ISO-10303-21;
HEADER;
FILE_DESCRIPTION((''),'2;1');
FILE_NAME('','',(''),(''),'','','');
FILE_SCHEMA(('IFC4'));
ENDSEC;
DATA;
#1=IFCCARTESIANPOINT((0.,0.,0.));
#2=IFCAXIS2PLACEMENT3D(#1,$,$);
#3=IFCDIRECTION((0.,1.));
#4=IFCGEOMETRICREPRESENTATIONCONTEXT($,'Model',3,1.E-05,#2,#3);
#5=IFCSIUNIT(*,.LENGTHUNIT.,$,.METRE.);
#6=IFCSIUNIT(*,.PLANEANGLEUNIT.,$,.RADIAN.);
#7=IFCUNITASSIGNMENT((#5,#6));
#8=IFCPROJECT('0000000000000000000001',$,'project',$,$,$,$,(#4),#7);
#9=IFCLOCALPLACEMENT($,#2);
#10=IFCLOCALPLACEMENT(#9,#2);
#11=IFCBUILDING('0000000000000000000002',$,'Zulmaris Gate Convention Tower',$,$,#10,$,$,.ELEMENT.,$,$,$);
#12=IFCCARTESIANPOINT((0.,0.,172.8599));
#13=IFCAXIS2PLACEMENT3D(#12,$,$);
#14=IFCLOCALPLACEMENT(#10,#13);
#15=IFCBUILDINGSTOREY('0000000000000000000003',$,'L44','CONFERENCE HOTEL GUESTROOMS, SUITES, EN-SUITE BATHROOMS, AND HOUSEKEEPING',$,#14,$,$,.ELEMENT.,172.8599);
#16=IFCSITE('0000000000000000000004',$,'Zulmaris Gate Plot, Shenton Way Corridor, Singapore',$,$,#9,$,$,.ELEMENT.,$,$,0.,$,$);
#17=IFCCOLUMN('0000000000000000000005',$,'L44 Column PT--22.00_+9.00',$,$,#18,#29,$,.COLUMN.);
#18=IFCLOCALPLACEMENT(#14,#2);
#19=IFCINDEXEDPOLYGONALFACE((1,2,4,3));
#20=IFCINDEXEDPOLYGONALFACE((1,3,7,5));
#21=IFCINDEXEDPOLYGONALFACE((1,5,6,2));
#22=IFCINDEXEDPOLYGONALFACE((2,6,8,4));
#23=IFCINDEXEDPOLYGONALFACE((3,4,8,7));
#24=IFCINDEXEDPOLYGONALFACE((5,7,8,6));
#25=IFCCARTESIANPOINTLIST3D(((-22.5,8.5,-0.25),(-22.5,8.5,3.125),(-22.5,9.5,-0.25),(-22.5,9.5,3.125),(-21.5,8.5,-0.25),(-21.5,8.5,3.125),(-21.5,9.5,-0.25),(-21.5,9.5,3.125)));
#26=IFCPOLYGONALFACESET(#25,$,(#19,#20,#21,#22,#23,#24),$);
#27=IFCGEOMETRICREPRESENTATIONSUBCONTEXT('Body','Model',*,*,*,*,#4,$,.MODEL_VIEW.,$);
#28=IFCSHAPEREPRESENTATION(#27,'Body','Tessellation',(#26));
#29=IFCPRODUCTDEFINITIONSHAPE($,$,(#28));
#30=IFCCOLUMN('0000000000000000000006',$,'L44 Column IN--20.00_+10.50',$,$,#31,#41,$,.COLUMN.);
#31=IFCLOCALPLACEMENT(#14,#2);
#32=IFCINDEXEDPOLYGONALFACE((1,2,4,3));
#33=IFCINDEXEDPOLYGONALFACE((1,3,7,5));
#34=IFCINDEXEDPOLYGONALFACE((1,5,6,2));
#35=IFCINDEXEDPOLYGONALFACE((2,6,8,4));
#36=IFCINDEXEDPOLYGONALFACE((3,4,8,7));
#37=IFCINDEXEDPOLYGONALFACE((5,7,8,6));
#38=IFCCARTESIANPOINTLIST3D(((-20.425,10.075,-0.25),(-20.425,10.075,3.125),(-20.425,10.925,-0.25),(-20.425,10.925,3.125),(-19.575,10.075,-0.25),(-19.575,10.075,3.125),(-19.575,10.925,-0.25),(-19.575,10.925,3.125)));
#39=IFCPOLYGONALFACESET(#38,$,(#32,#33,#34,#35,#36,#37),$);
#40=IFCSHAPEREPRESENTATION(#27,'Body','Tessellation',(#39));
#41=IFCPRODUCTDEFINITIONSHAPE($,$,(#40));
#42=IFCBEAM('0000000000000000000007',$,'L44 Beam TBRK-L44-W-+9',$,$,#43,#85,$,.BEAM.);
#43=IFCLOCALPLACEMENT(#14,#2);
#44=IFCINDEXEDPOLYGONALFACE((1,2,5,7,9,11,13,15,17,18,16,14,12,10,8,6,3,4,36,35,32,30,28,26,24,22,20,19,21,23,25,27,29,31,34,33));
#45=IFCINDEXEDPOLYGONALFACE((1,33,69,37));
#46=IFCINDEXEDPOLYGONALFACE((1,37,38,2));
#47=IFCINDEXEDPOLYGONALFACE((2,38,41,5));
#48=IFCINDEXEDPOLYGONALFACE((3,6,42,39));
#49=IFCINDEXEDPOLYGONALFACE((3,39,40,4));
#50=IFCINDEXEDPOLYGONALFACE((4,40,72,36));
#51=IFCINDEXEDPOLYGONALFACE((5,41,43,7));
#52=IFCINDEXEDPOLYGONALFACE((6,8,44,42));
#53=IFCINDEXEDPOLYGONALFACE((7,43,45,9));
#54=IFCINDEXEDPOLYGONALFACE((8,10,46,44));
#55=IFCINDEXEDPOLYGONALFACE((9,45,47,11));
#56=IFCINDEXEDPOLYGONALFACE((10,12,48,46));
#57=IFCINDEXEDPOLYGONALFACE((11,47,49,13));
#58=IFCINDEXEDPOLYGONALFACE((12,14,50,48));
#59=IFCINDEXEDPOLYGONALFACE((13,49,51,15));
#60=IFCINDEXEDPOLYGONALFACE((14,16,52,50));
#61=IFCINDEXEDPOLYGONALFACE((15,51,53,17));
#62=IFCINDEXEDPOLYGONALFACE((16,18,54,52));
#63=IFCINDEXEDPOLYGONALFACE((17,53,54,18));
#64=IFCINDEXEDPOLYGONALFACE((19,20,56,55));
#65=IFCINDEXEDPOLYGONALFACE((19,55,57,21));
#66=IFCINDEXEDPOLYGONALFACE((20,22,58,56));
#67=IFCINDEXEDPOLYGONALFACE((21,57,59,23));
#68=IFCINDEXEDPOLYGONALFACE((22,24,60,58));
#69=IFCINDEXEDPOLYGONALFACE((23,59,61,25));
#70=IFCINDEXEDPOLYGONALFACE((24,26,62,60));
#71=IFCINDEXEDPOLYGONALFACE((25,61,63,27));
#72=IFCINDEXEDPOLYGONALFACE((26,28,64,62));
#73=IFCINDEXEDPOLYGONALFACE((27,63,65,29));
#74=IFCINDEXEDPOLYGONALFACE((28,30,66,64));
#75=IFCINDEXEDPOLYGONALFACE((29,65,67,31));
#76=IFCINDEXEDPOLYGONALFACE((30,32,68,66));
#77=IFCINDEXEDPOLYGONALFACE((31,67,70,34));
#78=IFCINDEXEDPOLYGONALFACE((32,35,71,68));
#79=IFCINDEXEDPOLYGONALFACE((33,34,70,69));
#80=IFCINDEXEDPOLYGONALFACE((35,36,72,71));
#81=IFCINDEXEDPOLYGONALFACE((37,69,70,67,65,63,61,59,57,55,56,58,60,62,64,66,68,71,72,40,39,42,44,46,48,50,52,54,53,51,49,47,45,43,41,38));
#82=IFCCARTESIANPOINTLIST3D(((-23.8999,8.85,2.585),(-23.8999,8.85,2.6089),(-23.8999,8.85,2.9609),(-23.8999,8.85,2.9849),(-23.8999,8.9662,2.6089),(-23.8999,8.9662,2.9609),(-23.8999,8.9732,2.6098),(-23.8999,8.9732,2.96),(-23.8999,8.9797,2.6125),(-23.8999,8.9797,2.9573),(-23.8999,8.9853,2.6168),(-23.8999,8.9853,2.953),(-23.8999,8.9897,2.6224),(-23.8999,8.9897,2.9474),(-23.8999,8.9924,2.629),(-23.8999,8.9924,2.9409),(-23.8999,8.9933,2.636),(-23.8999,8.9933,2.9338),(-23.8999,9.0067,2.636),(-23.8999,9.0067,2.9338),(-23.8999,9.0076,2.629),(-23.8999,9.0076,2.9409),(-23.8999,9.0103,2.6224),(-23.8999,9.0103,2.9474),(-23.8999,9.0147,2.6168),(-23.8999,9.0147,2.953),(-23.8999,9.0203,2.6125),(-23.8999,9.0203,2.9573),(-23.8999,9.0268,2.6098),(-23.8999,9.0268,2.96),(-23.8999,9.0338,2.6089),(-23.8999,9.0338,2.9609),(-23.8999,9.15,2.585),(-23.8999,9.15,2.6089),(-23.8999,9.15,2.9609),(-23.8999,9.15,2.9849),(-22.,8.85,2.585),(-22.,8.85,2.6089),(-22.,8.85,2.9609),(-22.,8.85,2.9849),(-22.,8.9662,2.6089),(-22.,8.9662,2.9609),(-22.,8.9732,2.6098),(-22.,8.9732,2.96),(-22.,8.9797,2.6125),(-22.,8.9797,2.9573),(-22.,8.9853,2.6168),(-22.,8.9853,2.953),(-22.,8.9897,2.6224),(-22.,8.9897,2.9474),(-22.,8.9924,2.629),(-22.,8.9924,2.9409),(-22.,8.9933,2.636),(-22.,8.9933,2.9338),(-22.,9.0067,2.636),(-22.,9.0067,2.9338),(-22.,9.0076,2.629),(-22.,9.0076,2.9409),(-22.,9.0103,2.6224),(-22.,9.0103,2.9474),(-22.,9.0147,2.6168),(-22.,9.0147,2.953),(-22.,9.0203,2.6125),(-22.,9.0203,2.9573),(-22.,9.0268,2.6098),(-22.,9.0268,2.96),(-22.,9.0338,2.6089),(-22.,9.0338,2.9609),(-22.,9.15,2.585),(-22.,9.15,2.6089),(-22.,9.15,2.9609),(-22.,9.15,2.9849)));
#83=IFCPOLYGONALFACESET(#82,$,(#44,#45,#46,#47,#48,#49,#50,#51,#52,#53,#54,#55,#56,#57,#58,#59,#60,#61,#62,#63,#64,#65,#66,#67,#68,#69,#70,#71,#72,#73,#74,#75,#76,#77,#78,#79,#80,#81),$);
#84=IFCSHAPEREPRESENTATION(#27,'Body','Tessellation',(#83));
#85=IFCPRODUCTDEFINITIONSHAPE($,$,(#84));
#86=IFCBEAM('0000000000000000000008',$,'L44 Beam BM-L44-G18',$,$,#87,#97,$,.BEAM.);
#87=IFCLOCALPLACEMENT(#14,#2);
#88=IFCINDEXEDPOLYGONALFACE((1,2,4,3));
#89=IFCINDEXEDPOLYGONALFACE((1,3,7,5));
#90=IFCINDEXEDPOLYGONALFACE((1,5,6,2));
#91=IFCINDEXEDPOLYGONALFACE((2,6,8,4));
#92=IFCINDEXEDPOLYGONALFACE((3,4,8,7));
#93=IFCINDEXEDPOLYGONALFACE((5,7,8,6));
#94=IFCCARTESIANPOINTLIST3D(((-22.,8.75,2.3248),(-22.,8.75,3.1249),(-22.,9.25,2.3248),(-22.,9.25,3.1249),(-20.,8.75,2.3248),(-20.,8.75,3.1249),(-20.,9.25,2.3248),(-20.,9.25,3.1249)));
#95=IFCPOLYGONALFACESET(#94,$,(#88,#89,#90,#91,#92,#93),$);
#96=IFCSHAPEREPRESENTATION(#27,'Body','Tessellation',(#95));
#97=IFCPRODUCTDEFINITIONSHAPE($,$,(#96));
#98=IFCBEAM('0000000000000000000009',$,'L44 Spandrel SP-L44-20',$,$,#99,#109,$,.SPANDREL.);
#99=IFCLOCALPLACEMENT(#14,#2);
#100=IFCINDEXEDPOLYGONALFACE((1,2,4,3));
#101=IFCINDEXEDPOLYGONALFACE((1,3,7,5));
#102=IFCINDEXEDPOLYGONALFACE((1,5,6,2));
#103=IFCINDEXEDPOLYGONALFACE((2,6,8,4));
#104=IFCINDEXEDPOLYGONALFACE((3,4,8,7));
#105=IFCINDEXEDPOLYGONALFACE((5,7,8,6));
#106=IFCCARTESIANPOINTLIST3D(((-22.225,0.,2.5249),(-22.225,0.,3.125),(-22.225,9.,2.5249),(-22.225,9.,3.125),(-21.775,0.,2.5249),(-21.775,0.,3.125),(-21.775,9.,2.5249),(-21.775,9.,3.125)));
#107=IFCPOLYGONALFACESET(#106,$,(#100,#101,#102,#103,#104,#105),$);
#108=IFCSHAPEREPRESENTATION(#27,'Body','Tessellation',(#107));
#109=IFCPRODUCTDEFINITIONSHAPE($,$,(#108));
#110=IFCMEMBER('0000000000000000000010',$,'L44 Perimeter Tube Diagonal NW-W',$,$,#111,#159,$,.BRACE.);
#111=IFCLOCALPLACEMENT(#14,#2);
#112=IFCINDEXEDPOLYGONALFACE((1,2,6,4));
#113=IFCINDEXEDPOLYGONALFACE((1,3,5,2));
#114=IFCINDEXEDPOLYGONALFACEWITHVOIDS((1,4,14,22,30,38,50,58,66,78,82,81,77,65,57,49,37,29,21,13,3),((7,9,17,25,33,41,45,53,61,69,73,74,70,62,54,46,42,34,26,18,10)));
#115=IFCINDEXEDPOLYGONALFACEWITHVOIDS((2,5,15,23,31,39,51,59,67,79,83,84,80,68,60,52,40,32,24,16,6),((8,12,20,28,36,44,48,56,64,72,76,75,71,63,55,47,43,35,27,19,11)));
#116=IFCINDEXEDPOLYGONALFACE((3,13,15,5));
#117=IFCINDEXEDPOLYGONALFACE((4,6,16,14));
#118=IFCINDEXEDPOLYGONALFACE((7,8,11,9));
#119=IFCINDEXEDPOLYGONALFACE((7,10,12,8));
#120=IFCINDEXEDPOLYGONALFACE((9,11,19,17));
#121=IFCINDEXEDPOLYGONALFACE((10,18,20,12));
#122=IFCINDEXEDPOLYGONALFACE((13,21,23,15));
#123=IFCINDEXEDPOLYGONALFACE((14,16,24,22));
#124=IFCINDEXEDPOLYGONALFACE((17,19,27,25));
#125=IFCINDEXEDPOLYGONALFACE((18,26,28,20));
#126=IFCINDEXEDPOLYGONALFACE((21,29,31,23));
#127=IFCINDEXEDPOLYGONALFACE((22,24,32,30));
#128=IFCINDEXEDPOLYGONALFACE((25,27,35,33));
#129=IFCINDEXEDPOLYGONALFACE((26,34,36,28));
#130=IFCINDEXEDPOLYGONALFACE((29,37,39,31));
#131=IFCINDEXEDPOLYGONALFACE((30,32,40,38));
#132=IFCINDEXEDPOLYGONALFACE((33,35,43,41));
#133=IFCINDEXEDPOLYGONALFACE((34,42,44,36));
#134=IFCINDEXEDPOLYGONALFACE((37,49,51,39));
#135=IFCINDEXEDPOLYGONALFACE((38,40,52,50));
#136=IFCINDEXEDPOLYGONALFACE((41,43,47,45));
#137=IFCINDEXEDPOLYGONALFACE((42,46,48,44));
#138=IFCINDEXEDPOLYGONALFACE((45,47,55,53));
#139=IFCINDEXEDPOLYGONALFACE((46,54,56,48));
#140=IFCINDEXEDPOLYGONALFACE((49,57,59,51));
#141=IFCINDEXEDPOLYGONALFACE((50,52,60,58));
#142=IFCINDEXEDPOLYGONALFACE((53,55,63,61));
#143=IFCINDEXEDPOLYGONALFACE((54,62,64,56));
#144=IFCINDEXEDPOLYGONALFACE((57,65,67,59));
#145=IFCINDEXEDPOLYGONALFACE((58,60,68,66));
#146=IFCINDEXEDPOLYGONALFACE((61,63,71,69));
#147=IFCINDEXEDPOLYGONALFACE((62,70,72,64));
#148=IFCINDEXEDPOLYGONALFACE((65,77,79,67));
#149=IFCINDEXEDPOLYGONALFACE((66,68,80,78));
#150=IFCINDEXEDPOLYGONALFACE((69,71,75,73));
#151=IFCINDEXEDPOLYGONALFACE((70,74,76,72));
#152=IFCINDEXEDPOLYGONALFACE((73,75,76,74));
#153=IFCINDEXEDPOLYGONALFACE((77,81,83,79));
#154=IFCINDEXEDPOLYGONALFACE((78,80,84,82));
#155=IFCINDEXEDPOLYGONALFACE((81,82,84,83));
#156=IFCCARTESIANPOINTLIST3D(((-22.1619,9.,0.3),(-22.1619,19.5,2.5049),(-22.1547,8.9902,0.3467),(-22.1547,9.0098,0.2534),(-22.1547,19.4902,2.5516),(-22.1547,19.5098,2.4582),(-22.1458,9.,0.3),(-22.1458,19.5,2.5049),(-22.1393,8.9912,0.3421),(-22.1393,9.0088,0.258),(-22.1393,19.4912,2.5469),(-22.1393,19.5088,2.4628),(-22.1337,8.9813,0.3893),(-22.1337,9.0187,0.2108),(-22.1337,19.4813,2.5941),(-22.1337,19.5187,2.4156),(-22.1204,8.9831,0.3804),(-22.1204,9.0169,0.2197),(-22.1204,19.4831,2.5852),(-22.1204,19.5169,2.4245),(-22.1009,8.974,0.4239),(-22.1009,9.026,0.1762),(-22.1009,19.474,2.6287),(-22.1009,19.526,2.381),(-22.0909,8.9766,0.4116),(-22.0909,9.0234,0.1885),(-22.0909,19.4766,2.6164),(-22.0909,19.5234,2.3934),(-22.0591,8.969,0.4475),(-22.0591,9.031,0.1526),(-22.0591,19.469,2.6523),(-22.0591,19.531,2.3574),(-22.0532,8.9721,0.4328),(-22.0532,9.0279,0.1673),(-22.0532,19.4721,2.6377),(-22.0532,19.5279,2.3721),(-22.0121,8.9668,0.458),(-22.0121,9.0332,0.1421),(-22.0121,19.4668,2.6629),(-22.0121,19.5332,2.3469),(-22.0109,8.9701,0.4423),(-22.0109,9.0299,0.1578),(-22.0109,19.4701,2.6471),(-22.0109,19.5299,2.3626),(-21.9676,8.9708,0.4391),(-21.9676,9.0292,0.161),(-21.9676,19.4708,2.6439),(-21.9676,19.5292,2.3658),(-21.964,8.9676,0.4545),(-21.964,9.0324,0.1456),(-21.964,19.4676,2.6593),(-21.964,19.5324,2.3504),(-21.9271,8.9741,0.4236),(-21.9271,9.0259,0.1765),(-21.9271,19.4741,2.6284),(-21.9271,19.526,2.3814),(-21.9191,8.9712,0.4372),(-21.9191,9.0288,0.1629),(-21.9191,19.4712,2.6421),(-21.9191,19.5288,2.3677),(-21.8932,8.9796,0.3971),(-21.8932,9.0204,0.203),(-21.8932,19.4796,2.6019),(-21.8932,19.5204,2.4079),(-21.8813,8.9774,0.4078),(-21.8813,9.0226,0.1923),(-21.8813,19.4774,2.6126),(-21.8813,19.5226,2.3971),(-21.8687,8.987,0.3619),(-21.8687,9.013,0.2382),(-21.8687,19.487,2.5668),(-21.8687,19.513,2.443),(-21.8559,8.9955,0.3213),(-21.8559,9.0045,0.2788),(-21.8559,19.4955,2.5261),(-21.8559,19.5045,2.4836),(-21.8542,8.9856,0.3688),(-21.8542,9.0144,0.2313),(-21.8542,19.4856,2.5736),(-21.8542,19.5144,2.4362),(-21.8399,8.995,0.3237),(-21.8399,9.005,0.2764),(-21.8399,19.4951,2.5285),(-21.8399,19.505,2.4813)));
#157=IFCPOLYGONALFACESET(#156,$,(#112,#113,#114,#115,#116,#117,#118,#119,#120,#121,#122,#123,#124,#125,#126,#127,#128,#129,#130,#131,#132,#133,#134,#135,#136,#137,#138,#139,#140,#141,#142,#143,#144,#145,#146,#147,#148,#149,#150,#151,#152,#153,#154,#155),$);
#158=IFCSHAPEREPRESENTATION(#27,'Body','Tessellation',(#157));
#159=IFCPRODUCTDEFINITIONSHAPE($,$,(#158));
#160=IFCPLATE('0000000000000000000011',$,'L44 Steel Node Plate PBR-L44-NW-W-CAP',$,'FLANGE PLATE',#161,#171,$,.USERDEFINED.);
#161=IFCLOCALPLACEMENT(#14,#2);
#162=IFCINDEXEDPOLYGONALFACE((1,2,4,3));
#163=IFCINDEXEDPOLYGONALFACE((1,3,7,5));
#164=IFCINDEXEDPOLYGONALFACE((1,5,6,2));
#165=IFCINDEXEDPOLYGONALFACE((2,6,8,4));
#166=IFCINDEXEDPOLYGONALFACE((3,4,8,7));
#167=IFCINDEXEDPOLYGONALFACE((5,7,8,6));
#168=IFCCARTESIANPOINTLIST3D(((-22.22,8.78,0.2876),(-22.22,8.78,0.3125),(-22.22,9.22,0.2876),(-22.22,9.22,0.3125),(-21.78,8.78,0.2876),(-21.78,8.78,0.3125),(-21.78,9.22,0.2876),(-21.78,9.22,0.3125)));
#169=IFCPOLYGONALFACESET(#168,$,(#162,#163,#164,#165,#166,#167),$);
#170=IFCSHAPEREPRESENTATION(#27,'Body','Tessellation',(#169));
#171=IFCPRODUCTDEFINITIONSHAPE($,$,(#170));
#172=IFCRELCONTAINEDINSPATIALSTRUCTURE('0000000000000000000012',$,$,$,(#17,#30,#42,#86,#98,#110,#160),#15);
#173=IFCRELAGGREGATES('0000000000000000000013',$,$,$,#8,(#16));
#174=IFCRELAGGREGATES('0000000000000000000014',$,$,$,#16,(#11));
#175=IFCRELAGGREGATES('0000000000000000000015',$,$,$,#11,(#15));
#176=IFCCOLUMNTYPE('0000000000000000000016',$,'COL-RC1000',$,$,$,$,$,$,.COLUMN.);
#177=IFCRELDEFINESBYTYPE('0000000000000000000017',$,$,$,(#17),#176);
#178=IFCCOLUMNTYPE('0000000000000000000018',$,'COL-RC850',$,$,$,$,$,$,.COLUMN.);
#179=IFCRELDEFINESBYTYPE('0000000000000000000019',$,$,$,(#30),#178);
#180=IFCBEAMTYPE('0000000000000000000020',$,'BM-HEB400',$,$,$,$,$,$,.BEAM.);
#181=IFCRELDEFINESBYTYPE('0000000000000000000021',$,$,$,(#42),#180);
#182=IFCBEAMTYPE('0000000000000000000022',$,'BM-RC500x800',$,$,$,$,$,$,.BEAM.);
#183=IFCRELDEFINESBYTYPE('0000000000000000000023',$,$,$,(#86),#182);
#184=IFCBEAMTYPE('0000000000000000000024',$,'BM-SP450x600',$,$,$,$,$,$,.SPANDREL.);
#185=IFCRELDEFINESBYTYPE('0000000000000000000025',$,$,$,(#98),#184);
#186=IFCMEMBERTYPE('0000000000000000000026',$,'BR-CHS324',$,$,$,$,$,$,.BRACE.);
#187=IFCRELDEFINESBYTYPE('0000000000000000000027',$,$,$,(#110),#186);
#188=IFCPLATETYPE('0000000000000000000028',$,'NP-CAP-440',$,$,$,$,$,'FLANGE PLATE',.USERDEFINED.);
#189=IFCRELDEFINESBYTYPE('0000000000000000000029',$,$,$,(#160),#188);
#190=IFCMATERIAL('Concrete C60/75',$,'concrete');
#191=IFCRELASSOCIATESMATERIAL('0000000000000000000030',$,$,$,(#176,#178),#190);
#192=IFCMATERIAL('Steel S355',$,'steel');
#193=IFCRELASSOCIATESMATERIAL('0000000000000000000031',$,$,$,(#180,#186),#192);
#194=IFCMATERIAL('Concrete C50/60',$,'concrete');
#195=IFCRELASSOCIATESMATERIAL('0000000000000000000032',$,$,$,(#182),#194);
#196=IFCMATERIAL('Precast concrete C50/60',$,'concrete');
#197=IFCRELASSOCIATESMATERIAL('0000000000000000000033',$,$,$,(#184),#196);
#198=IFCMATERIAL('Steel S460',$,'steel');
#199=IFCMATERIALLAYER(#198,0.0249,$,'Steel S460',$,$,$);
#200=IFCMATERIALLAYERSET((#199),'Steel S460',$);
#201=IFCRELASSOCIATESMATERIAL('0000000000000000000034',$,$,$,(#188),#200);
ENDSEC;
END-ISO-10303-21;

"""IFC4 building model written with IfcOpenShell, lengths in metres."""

from ifc_helpers import new_model, si_unit, direction, frame, origin, origin_2d, place, context, subcontext, project, spatial, rectangle, hollow_circle, i_section, extrude, material, layer, layer_set, material_profile, profile_set, type_object, element, save


model = new_model("IFC4")

# Units and contexts
model_context = context("Model", 3, precision=1e-05, world=origin(), true_north=direction((0.0, 1.0)))
body_context = subcontext(model_context, "Body", "Model", "MODEL_VIEW")
ifc_project = project(units=[si_unit("LENGTHUNIT", "METRE"), si_unit("PLANEANGLEUNIT", "RADIAN")], contexts=[model_context])

# Site, building, storey
site_placement = place(None, origin())
site = spatial("IfcSite", under=ifc_project, at=site_placement, Name="Zulmaris Gate Plot, Shenton Way Corridor, Singapore", CompositionType="ELEMENT", RefElevation=0.0)
building_placement = place(site_placement, origin())
building = spatial("IfcBuilding", under=site, at=building_placement, Name="Zulmaris Gate Convention Tower", CompositionType="ELEMENT")
storey_placement = place(building_placement, frame((0.0, 0.0, 172.8599)))
storey = spatial("IfcBuildingStorey", under=building, at=storey_placement, Name="L44", Description="CONFERENCE HOTEL GUESTROOMS, SUITES, EN-SUITE BATHROOMS, AND HOUSEKEEPING", CompositionType="ELEMENT", Elevation=172.8599)

# Columns
ifc_material_1 = material(Name="Concrete C60/75", Category="concrete")
ifc_material_profile_1 = material_profile(ifc_material_1, rectangle(XDim=1.0, YDim=1.0, at=origin_2d()), Name="RC COL 1000x1000")
ifc_profile_set_1 = profile_set([ifc_material_profile_1], Name="Concrete C60/75")
column_type_1 = type_object("IfcColumnType", Name="COL-RC1000", PredefinedType="COLUMN", material=ifc_profile_set_1)
column_1_placement = place(storey_placement, frame((-22.0, 9.0, -0.25), z_axis=(0.0, 0.0, 1.0), x_axis=(1.0, 0.0, 0.0)))
element("IfcColumn", 1, at=column_1_placement, inside=storey, type_object=column_type_1, Name="L44 Column PT--22.00_+9.00", PredefinedType="COLUMN", context=body_context, shape_type="SweptSolid", body=[
    extrude(rectangle(XDim=1.0, YDim=1.0, at=origin_2d()), origin(), (0.0, 0.0, 1.0), 3.375),
])
ifc_material_profile_2 = material_profile(ifc_material_1, rectangle(XDim=0.8501, YDim=0.8501, at=origin_2d()), Name="RC COL 850x850")
ifc_profile_set_2 = profile_set([ifc_material_profile_2], Name="Concrete C60/75")
column_type_2 = type_object("IfcColumnType", Name="COL-RC850", PredefinedType="COLUMN", material=ifc_profile_set_2)
column_2_placement = place(storey_placement, frame((-20.0, 10.5, -0.25), z_axis=(0.0, 0.0, 1.0), x_axis=(1.0, 0.0, 0.0)))
element("IfcColumn", 2, at=column_2_placement, inside=storey, type_object=column_type_2, Name="L44 Column IN--20.00_+10.50", PredefinedType="COLUMN", context=body_context, shape_type="SweptSolid", body=[
    extrude(rectangle(XDim=0.8501, YDim=0.8501, at=origin_2d()), origin(), (0.0, 0.0, 1.0), 3.375),
])

# Beams
ifc_material_2 = material(Name="Steel S355", Category="steel")
ifc_material_profile_3 = material_profile(ifc_material_2, i_section(OverallWidth=0.3, OverallDepth=0.3999, WebThickness=0.0134, FlangeThickness=0.0239, FilletRadius=0.0271, at=origin_2d()), Name="HEB 400")
ifc_profile_set_3 = profile_set([ifc_material_profile_3], Name="Steel S355")
beam_type_1 = type_object("IfcBeamType", Name="BM-HEB400", PredefinedType="BEAM", material=ifc_profile_set_3)
beam_1_placement = place(storey_placement, frame((-23.8999, 9.0, 2.7849), z_axis=(1.0, 0.0, 0.0), x_axis=(0.0, 1.0, 0.0)))
element("IfcBeam", 3, at=beam_1_placement, inside=storey, type_object=beam_type_1, Name="L44 Beam TBRK-L44-W-+9", PredefinedType="BEAM", context=body_context, shape_type="SweptSolid", body=[
    extrude(i_section(OverallWidth=0.3, OverallDepth=0.3999, WebThickness=0.0134, FlangeThickness=0.0239, FilletRadius=0.0271, at=origin_2d()), origin(), (0.0, 0.0, 1.0), 1.8999),
])
ifc_material_3 = material(Name="Concrete C50/60", Category="concrete")
ifc_material_profile_4 = material_profile(ifc_material_3, rectangle(XDim=0.5, YDim=0.8, at=origin_2d()), Name="RC BEAM 500x800")
ifc_profile_set_4 = profile_set([ifc_material_profile_4], Name="Concrete C50/60")
beam_type_2 = type_object("IfcBeamType", Name="BM-RC500x800", PredefinedType="BEAM", material=ifc_profile_set_4)
beam_2_placement = place(storey_placement, frame((-22.0, 9.0, 2.7249), z_axis=(1.0, 0.0, 0.0), x_axis=(0.0, 1.0, 0.0)))
element("IfcBeam", 4, at=beam_2_placement, inside=storey, type_object=beam_type_2, Name="L44 Beam BM-L44-G18", PredefinedType="BEAM", context=body_context, shape_type="SweptSolid", body=[
    extrude(rectangle(XDim=0.5, YDim=0.8, at=origin_2d()), origin(), (0.0, 0.0, 1.0), 2.0),
])
ifc_material_4 = material(Name="Precast concrete C50/60", Category="concrete")
ifc_material_profile_5 = material_profile(ifc_material_4, rectangle(XDim=0.45, YDim=0.6001, at=origin_2d()), Name="RC SPANDREL 450x600")
ifc_profile_set_5 = profile_set([ifc_material_profile_5], Name="Precast concrete C50/60")
beam_type_3 = type_object("IfcBeamType", Name="BM-SP450x600", PredefinedType="SPANDREL", material=ifc_profile_set_5)
beam_3_placement = place(storey_placement, frame((-22.0, 9.0, 2.825), z_axis=(0.0, -1.0, 0.0), x_axis=(1.0, 0.0, 0.0)))
element("IfcBeam", 5, at=beam_3_placement, inside=storey, type_object=beam_type_3, Name="L44 Spandrel SP-L44-20", PredefinedType="SPANDREL", context=body_context, shape_type="SweptSolid", body=[
    extrude(rectangle(XDim=0.45, YDim=0.6001, at=origin_2d()), origin(), (0.0, 0.0, 1.0), 9.0),
])

# Member
ifc_material_profile_6 = material_profile(ifc_material_2, hollow_circle(Radius=0.1619, WallThickness=0.0161, at=origin_2d()), Name="CHS 323.9x16")
ifc_profile_set_6 = profile_set([ifc_material_profile_6], Name="Steel S355")
member_type = type_object("IfcMemberType", Name="BR-CHS324", PredefinedType="BRACE", material=ifc_profile_set_6)
member_placement = place(storey_placement, frame((-22.0, 9.0, 0.3), z_axis=(0.0, 0.978657, 0.205502), x_axis=(-1.0, 0.0, 0.0)))
element("IfcMember", 6, at=member_placement, inside=storey, type_object=member_type, Name="L44 Perimeter Tube Diagonal NW-W", PredefinedType="BRACE", context=body_context, shape_type="SweptSolid", body=[
    extrude(hollow_circle(Radius=0.1619, WallThickness=0.0161, at=origin_2d()), origin(), (0.0, 0.0, 1.0), 10.729),
])

# Plate
ifc_material_5 = material(Name="Steel S460", Category="steel")
ifc_layer_1 = layer(ifc_material_5, 0.0249, Name="Steel S460")
ifc_layer_set_1 = layer_set([ifc_layer_1], Name="Steel S460")
plate_type = type_object("IfcPlateType", Name="NP-CAP-440", ElementType="FLANGE PLATE", PredefinedType="USERDEFINED", material=ifc_layer_set_1)
plate_placement = place(storey_placement, frame((-22.0, 9.0, 0.2876), z_axis=(0.0, 0.0, 1.0), x_axis=(1.0, 0.0, 0.0)))
element("IfcPlate", 7, at=plate_placement, inside=storey, type_object=plate_type, Name="L44 Steel Node Plate PBR-L44-NW-W-CAP", ObjectType="FLANGE PLATE", PredefinedType="USERDEFINED", context=body_context, shape_type="SweptSolid", body=[
    extrude(rectangle(XDim=0.4399, YDim=0.4399, at=origin_2d()), origin(), (0.0, 0.0, 1.0), 0.0249),
])

save(model, "model.ifc")
